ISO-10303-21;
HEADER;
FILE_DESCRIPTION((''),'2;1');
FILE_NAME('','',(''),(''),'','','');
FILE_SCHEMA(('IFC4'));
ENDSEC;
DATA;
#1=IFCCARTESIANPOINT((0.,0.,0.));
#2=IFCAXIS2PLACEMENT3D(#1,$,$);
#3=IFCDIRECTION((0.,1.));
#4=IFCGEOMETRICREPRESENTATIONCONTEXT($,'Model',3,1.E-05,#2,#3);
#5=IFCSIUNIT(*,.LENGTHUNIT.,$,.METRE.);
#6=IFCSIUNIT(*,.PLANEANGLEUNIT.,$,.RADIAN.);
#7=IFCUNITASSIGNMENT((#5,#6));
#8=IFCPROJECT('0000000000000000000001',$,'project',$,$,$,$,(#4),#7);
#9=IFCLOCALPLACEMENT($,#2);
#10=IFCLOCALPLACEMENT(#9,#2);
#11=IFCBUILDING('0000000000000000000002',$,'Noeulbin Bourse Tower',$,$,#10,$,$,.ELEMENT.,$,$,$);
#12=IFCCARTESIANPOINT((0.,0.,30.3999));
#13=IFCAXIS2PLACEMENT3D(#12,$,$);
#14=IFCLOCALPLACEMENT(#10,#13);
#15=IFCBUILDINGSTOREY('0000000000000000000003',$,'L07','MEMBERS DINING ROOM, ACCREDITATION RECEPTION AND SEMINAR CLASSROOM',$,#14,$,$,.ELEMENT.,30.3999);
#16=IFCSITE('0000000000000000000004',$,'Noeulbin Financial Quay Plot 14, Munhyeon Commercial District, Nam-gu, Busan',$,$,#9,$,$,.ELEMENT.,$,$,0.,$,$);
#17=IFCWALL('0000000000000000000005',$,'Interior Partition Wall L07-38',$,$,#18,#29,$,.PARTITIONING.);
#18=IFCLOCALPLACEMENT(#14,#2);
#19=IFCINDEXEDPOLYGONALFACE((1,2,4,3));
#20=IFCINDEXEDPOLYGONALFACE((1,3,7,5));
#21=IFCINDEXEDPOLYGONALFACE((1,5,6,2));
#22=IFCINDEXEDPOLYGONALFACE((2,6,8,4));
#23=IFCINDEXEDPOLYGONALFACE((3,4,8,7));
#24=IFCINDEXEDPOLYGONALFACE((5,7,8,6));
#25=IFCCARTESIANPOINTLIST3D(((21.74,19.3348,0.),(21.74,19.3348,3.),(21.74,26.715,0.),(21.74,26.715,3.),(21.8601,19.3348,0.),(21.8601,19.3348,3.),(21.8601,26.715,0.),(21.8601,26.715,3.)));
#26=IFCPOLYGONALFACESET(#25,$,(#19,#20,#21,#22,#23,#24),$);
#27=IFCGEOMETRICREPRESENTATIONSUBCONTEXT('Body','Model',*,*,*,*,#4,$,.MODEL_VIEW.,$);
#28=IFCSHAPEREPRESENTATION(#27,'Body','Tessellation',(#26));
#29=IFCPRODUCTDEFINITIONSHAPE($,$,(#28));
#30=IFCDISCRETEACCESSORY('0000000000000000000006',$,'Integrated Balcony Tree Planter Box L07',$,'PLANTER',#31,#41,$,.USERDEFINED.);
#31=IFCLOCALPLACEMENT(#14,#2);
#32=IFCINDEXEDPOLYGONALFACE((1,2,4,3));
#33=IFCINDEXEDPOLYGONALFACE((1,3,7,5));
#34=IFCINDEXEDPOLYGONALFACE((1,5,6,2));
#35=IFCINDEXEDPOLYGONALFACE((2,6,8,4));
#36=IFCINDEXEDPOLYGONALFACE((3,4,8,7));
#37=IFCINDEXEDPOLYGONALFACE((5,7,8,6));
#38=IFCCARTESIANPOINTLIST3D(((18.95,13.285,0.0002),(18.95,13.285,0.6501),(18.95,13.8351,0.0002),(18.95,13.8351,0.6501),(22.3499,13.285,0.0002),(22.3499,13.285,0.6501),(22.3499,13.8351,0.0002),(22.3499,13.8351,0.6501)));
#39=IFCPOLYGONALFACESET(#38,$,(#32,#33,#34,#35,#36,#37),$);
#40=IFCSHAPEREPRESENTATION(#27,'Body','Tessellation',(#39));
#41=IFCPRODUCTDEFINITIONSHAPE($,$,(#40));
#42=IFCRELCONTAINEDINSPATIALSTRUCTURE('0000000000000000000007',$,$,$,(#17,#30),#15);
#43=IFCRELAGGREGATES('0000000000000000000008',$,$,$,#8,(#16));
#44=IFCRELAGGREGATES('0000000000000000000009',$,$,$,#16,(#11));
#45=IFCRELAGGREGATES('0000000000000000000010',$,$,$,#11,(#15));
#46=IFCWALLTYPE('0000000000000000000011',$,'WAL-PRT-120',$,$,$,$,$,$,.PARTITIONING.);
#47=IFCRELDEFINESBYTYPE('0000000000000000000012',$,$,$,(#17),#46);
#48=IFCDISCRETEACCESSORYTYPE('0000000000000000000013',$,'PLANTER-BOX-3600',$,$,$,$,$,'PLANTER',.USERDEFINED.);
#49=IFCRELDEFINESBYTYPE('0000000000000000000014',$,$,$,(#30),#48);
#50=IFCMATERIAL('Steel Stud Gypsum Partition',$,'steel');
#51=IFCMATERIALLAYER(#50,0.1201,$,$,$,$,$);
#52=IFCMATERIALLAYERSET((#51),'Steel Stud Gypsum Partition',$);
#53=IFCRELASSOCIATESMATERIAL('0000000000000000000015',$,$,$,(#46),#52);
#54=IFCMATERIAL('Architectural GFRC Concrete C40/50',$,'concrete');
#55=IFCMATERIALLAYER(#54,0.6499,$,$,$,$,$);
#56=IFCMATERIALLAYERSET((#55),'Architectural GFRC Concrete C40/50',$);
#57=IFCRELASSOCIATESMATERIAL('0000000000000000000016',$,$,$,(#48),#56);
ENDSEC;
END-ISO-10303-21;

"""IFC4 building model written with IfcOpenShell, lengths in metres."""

from ifc_helpers import new_model, si_unit, direction, frame, frame_2d, origin, origin_2d, place, context, subcontext, project, spatial, rectangle, extrude, material, layer, layer_set, type_object, element, save


model = new_model("IFC4")

# Units and contexts
model_context = context("Model", 3, precision=1e-05, world=origin(), true_north=direction((0.0, 1.0)))
body_context = subcontext(model_context, "Body", "Model", "MODEL_VIEW")
ifc_project = project(units=[si_unit("LENGTHUNIT", "METRE"), si_unit("PLANEANGLEUNIT", "RADIAN")], contexts=[model_context])

# Site, building, storey
site_placement = place(None, origin())
site = spatial("IfcSite", under=ifc_project, at=site_placement, Name="Noeulbin Financial Quay Plot 14, Munhyeon Commercial District, Nam-gu, Busan", CompositionType="ELEMENT", RefElevation=0.0)
building_placement = place(site_placement, origin())
building = spatial("IfcBuilding", under=site, at=building_placement, Name="Noeulbin Bourse Tower", CompositionType="ELEMENT")
storey_placement = place(building_placement, frame((0.0, 0.0, 30.3999)))
storey = spatial("IfcBuildingStorey", under=building, at=storey_placement, Name="L07", Description="MEMBERS DINING ROOM, ACCREDITATION RECEPTION AND SEMINAR CLASSROOM", CompositionType="ELEMENT", Elevation=30.3999)

# Wall
ifc_material_1 = material(Name="Steel Stud Gypsum Partition", Category="steel")
ifc_layer_1 = layer(ifc_material_1, 0.1201)
ifc_layer_set_1 = layer_set([ifc_layer_1], Name="Steel Stud Gypsum Partition")
wall_type_1 = type_object("IfcWallType", Name="WAL-PRT-120", PredefinedType="PARTITIONING", material=ifc_layer_set_1)
for number, where, z_axis, x_axis, name in (
    (1, (21.8, 19.335, 0.0), (0.0, 0.0, 1.0), (0.0, 1.0, 0.0), "Interior Partition Wall L07-38"),
):
    element("IfcWall", number, at=place(storey_placement, frame(where, z_axis=z_axis, x_axis=x_axis)), inside=storey, type_object=wall_type_1, Name=name, PredefinedType="PARTITIONING", context=body_context, shape_type="SweptSolid", body=[
        extrude(rectangle(XDim=7.3801, YDim=0.1201, at=frame_2d((3.6899, 0.0))), origin(), (0.0, 0.0, 1.0), 3.0),
    ])

# Discrete accessory
ifc_material_2 = material(Name="Architectural GFRC Concrete C40/50", Category="concrete")
ifc_layer_2 = layer(ifc_material_2, 0.6499)
ifc_layer_set_2 = layer_set([ifc_layer_2], Name="Architectural GFRC Concrete C40/50")
discrete_accessory_type = type_object("IfcDiscreteAccessoryType", Name="PLANTER-BOX-3600", ElementType="PLANTER", PredefinedType="USERDEFINED", material=ifc_layer_set_2)
discrete_accessory_placement = place(storey_placement, frame((20.6499, 13.5601, 0.0002), z_axis=(0.0, 0.0, 1.0), x_axis=(1.0, 0.0, 0.0)))
element("IfcDiscreteAccessory", 2, at=discrete_accessory_placement, inside=storey, type_object=discrete_accessory_type, Name="Integrated Balcony Tree Planter Box L07", ObjectType="PLANTER", PredefinedType="USERDEFINED", context=body_context, shape_type="SweptSolid", body=[
    extrude(rectangle(XDim=3.3999, YDim=0.55, at=origin_2d()), origin(), (0.0, 0.0, 1.0), 0.6499),
])

save(model, "model.ifc")
